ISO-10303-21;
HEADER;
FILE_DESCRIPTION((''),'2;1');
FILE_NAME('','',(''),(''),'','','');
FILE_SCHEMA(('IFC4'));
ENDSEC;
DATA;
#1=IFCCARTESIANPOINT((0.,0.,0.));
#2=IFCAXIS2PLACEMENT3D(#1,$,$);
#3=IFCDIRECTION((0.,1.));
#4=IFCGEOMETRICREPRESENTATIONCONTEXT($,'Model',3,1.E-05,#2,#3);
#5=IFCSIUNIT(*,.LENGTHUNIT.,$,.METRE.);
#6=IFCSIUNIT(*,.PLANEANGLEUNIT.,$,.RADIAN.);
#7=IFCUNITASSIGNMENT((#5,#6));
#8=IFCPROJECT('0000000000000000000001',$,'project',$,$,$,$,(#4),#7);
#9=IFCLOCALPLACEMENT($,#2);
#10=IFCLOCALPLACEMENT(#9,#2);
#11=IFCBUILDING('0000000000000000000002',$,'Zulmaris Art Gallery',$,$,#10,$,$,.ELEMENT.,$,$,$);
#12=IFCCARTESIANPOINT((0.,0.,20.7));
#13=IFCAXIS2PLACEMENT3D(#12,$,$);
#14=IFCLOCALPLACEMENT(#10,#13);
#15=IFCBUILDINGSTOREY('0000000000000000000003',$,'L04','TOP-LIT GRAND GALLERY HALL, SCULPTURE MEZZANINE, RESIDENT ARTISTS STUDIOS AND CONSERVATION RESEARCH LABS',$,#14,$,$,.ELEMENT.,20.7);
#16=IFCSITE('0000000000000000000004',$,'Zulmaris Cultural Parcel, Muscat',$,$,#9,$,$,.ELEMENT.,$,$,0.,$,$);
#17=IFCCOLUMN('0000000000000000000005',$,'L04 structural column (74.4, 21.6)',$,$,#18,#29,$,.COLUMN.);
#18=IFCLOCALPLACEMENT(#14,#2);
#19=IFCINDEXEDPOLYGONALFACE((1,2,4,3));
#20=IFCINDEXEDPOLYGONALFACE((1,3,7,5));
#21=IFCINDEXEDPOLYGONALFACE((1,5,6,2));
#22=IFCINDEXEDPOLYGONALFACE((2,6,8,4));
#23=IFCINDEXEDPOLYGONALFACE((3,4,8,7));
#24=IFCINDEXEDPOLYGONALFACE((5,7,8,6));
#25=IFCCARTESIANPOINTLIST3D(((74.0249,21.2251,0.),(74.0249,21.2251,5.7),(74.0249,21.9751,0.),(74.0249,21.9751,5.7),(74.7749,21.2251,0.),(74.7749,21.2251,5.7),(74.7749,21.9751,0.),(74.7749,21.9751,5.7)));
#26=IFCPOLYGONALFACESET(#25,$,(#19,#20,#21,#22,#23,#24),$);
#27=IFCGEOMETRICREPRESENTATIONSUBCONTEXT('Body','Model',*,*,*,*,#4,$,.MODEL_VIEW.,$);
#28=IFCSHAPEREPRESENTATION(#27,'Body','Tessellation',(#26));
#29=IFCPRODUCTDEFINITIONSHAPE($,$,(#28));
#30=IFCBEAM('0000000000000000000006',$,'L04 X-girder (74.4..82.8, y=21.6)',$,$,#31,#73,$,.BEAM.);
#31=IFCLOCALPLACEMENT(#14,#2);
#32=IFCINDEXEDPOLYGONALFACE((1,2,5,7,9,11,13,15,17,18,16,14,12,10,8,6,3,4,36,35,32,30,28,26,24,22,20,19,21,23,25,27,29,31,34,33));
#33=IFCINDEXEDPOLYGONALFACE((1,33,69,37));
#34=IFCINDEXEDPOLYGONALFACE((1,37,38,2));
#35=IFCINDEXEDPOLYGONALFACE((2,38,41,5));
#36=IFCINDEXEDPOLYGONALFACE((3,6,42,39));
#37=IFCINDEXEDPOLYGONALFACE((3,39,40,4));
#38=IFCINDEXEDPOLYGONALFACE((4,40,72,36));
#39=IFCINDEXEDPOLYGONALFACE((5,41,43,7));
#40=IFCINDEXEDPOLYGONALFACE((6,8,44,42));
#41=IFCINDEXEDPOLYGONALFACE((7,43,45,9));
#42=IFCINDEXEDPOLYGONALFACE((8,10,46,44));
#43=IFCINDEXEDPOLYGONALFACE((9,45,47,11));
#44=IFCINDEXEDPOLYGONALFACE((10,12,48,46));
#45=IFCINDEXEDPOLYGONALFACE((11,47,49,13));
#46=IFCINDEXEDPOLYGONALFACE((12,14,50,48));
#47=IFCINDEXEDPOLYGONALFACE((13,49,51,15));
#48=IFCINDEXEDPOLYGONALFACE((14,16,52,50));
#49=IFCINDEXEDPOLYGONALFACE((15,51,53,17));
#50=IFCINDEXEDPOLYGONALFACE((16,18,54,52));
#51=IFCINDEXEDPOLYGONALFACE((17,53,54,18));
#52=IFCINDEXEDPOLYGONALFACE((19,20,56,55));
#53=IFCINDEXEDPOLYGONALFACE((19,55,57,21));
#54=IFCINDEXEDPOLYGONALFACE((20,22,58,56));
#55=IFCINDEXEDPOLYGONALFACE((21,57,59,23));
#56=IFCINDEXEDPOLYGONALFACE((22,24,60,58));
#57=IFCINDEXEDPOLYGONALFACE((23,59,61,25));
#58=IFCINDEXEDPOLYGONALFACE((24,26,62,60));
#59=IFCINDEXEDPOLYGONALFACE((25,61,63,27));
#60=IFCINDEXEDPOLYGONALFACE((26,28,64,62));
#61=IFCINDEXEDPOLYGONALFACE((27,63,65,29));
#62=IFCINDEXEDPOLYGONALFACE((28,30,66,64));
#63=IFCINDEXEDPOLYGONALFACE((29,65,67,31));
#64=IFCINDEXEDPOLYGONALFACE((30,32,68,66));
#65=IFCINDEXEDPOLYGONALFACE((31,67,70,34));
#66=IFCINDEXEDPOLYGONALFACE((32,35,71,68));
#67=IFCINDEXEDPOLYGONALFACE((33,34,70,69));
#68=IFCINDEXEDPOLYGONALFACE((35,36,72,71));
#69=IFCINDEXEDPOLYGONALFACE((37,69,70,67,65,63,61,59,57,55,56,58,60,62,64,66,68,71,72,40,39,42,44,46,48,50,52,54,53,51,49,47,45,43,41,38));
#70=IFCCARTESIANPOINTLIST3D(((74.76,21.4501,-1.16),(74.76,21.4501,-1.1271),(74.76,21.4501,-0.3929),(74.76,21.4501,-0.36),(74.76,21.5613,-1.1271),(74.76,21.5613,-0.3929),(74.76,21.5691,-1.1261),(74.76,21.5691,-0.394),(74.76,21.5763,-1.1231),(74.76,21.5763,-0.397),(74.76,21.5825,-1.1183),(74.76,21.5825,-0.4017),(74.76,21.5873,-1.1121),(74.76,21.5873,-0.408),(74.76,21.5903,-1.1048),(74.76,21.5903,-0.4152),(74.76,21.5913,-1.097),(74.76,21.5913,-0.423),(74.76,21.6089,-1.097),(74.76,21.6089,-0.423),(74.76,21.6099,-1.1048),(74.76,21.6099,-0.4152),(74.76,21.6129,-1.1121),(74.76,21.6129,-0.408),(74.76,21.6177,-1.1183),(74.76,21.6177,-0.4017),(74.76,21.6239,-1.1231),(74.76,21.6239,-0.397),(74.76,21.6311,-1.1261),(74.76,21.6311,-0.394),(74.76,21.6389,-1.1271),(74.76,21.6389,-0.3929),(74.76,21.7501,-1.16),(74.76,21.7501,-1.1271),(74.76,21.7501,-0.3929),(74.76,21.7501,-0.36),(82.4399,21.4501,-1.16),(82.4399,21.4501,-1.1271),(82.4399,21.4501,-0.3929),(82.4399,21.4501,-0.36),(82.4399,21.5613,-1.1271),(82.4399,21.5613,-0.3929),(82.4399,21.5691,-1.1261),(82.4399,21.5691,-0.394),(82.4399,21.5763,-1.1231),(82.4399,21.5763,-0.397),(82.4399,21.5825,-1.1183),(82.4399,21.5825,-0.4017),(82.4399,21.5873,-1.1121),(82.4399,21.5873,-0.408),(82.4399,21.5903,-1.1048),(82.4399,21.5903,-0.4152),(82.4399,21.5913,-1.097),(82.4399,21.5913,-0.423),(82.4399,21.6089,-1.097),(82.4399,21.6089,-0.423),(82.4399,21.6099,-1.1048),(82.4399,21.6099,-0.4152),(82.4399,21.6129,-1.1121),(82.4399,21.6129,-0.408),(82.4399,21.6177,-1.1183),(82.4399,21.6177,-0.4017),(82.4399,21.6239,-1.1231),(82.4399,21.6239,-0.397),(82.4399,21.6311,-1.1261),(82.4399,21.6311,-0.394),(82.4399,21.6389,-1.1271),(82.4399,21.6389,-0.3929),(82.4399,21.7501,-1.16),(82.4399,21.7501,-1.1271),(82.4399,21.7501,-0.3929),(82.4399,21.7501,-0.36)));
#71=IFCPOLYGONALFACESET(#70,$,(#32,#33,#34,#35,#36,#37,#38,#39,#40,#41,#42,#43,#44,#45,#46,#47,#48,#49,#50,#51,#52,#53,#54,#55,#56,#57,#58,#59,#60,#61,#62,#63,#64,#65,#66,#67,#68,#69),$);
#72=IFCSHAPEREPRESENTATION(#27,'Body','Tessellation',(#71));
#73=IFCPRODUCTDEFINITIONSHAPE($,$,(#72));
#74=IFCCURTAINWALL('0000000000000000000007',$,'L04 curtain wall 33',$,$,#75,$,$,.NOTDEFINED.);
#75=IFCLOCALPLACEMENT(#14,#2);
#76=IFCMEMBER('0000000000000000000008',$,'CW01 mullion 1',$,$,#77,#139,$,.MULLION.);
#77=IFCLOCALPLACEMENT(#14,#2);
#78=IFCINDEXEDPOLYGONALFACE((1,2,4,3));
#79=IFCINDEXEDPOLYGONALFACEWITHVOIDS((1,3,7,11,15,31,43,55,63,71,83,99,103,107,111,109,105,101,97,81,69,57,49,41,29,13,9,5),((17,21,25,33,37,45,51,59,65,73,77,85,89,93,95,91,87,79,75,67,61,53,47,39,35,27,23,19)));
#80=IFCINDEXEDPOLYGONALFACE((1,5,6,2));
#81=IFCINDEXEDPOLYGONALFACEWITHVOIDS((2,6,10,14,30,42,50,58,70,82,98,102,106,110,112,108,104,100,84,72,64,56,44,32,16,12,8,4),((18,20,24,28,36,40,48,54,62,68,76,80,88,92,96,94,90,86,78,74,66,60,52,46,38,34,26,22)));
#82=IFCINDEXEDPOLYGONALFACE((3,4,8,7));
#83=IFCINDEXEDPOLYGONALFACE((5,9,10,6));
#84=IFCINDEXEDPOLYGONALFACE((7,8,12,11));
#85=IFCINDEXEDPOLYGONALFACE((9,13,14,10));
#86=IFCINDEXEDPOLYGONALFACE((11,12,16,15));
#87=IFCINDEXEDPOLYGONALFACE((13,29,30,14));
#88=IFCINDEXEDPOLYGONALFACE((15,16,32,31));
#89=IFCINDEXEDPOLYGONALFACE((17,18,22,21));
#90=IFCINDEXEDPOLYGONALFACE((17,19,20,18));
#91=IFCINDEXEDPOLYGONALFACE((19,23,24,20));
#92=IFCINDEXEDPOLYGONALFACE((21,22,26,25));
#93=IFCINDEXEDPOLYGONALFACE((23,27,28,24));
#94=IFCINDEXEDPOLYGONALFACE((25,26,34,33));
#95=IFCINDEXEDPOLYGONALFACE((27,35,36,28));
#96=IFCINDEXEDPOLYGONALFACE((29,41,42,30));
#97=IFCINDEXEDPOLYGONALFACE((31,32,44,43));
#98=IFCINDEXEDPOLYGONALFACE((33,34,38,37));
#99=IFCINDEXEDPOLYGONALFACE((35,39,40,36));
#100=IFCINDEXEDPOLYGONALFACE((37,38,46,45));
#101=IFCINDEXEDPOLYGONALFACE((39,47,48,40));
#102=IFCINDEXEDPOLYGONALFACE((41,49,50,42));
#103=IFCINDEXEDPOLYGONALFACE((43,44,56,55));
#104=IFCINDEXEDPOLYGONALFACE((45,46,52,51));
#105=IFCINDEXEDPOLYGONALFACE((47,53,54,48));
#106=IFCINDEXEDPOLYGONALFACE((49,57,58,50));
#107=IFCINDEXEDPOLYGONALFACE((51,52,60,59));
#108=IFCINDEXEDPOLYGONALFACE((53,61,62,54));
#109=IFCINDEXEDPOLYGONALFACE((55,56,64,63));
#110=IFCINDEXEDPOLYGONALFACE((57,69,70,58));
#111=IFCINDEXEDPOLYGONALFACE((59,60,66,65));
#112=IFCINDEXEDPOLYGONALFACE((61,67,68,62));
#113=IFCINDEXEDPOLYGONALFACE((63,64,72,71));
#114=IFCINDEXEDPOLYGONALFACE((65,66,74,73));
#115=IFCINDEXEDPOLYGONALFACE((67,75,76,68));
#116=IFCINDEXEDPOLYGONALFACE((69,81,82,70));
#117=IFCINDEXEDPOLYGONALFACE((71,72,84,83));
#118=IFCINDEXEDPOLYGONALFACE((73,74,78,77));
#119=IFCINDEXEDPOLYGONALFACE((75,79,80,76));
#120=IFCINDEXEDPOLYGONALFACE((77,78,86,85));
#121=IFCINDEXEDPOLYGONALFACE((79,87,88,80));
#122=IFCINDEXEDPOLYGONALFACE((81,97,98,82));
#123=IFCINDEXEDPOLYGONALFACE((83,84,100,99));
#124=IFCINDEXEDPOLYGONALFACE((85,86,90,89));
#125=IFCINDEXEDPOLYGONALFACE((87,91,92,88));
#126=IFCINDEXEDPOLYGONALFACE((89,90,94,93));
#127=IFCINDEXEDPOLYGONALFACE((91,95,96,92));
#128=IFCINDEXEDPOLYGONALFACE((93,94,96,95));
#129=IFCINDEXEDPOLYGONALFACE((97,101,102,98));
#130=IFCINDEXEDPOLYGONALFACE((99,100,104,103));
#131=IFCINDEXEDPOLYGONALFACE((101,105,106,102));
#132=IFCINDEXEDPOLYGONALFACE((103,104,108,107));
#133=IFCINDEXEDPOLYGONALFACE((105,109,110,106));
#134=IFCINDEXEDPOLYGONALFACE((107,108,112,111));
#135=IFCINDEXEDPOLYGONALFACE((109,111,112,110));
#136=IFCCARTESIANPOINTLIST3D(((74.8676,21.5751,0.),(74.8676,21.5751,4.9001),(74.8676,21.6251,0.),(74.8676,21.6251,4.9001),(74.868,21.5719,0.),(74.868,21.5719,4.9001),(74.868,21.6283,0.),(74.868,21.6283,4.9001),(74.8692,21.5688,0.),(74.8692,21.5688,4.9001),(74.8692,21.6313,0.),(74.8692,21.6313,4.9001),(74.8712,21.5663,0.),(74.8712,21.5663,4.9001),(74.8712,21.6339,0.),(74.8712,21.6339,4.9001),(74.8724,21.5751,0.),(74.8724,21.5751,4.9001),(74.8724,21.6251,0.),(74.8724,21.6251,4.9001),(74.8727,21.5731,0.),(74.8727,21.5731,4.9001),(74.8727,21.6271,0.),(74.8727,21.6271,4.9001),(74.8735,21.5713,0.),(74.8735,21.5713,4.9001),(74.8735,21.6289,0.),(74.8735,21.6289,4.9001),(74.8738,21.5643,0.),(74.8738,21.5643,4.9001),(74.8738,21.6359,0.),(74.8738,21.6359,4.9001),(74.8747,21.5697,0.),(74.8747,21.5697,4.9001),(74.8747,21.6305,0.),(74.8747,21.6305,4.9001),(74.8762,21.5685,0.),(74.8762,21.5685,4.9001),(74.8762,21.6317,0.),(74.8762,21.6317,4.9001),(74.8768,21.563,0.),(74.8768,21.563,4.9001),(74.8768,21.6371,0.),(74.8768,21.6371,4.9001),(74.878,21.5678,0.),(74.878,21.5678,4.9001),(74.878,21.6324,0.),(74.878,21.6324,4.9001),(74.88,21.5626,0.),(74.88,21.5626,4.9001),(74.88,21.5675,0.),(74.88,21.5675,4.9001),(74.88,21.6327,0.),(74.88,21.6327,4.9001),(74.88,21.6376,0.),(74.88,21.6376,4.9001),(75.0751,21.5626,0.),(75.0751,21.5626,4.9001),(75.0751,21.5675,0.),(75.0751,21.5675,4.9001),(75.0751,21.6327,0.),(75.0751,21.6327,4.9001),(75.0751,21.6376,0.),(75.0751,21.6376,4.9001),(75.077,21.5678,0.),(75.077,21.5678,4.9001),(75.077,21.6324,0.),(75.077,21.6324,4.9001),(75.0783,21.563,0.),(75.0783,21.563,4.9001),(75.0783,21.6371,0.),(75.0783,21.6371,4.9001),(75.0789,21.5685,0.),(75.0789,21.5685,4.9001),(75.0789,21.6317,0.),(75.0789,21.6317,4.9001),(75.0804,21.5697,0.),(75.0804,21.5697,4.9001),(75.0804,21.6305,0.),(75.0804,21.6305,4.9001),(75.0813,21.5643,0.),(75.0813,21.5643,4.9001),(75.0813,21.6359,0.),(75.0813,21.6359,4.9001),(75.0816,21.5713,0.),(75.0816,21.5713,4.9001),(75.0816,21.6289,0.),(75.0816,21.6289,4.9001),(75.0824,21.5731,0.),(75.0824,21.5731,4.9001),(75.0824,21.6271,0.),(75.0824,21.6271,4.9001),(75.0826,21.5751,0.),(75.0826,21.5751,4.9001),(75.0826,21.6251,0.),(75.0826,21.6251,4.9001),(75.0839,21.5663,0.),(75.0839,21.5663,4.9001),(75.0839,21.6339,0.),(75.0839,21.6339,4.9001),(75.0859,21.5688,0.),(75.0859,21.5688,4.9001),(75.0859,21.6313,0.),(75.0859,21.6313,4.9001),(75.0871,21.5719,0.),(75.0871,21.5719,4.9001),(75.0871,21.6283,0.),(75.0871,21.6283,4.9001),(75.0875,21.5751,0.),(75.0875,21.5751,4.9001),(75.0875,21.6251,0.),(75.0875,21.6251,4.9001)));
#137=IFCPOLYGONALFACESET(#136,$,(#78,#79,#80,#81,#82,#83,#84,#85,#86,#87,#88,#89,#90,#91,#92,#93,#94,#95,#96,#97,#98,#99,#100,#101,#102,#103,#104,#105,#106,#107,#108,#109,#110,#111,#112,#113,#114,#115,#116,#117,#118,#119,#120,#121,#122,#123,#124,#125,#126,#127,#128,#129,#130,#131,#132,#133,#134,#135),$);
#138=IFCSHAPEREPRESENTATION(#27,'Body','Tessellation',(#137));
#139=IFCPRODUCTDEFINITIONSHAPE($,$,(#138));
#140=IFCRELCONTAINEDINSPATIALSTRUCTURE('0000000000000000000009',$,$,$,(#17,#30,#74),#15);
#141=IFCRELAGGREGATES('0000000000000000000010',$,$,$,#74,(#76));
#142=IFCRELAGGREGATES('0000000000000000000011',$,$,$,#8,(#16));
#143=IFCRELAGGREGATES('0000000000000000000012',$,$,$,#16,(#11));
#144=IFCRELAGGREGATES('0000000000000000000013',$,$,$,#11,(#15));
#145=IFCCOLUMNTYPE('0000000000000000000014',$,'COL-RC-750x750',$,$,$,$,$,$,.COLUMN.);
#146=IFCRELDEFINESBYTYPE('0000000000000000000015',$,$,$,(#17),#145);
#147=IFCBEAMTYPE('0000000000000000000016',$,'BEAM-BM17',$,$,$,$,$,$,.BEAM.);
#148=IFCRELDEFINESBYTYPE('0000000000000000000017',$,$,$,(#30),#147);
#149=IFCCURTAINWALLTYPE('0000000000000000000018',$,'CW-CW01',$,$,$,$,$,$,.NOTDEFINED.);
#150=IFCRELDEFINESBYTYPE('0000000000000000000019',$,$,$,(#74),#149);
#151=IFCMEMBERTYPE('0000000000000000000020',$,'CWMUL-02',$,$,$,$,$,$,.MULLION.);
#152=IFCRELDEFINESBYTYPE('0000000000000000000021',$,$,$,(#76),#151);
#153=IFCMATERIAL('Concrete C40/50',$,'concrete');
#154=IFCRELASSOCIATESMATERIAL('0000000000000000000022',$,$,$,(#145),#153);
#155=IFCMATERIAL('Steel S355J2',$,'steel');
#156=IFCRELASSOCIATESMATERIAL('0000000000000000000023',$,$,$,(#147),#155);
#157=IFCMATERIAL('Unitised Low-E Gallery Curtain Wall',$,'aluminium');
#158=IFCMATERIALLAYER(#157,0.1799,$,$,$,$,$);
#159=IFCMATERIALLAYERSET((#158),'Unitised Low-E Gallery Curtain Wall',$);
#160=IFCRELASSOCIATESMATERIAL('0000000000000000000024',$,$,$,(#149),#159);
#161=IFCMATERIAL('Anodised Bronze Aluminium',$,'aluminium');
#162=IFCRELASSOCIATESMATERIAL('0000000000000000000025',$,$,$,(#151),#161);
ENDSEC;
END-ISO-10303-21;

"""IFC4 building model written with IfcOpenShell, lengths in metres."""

from ifc_helpers import new_model, si_unit, direction, frame, origin, origin_2d, place, context, subcontext, project, spatial, rectangle, hollow_rectangle, i_section, extrude, material, layer, layer_set, material_profile, profile_set, type_object, element, aggregate, save


model = new_model("IFC4")

# Units and contexts
model_context = context("Model", 3, precision=1e-05, world=origin(), true_north=direction((0.0, 1.0)))
body_context = subcontext(model_context, "Body", "Model", "MODEL_VIEW")
ifc_project = project(units=[si_unit("LENGTHUNIT", "METRE"), si_unit("PLANEANGLEUNIT", "RADIAN")], contexts=[model_context])

# Site, building, storey
site_placement = place(None, origin())
site = spatial("IfcSite", under=ifc_project, at=site_placement, Name="Zulmaris Cultural Parcel, Muscat", CompositionType="ELEMENT", RefElevation=0.0)
building_placement = place(site_placement, origin())
building = spatial("IfcBuilding", under=site, at=building_placement, Name="Zulmaris Art Gallery", CompositionType="ELEMENT")
storey_placement = place(building_placement, frame((0.0, 0.0, 20.7)))
storey = spatial("IfcBuildingStorey", under=building, at=storey_placement, Name="L04", Description="TOP-LIT GRAND GALLERY HALL, SCULPTURE MEZZANINE, RESIDENT ARTISTS STUDIOS AND CONSERVATION RESEARCH LABS", CompositionType="ELEMENT", Elevation=20.7)

# Column
ifc_material_1 = material(Name="Concrete C40/50", Category="concrete")
ifc_material_profile_1 = material_profile(ifc_material_1, rectangle(XDim=0.75, YDim=0.75, at=origin_2d()), Name="RC 750x750")
ifc_profile_set_1 = profile_set([ifc_material_profile_1], Name="Concrete C40/50")
column_type = type_object("IfcColumnType", Name="COL-RC-750x750", PredefinedType="COLUMN", material=ifc_profile_set_1)
column_placement = place(storey_placement, frame((74.3999, 21.6001, 0.0), z_axis=(0.0, 0.0, 1.0), x_axis=(1.0, 0.0, 0.0)))
element("IfcColumn", 1, at=column_placement, inside=storey, type_object=column_type, Name="L04 structural column (74.4, 21.6)", PredefinedType="COLUMN", context=body_context, shape_type="SweptSolid", body=[
    extrude(rectangle(XDim=0.75, YDim=0.75, at=origin_2d()), origin(), (0.0, 0.0, 1.0), 5.7),
])

# Beam
ifc_material_2 = material(Name="Steel S355J2", Category="steel")
ifc_material_profile_2 = material_profile(ifc_material_2, i_section(OverallWidth=0.3, OverallDepth=0.8, WebThickness=0.0176, FlangeThickness=0.033, FilletRadius=0.03, at=origin_2d()), Name="HEB 800")
ifc_profile_set_2 = profile_set([ifc_material_profile_2], Name="Steel S355J2")
beam_type = type_object("IfcBeamType", Name="BEAM-BM17", PredefinedType="BEAM", material=ifc_profile_set_2)
beam_placement = place(storey_placement, frame((74.76, 21.6001, -0.76), z_axis=(1.0, 0.0, 0.0), x_axis=(0.0, 1.0, 0.0)))
element("IfcBeam", 2, at=beam_placement, inside=storey, type_object=beam_type, Name="L04 X-girder (74.4..82.8, y=21.6)", PredefinedType="BEAM", context=body_context, shape_type="SweptSolid", body=[
    extrude(i_section(OverallWidth=0.3, OverallDepth=0.8, WebThickness=0.0176, FlangeThickness=0.033, FilletRadius=0.03, at=origin_2d()), origin(), (0.0, 0.0, 1.0), 7.6799),
])

# Curtain wall, member
ifc_material_3 = material(Name="Unitised Low-E Gallery Curtain Wall", Category="aluminium")
ifc_layer_1 = layer(ifc_material_3, 0.1799)
ifc_layer_set_1 = layer_set([ifc_layer_1], Name="Unitised Low-E Gallery Curtain Wall")
curtain_wall_type_1 = type_object("IfcCurtainWallType", Name="CW-CW01", PredefinedType="NOTDEFINED", material=ifc_layer_set_1)
curtain_wall_1_placement = place(storey_placement, origin())
curtain_wall_1 = element("IfcCurtainWall", 3, at=curtain_wall_1_placement, inside=storey, type_object=curtain_wall_type_1, Name="L04 curtain wall 33", PredefinedType="NOTDEFINED")
ifc_material_4 = material(Name="Anodised Bronze Aluminium", Category="aluminium")
ifc_material_profile_3 = material_profile(ifc_material_4, hollow_rectangle(XDim=0.075, YDim=0.22, WallThickness=0.0049, InnerFilletRadius=0.0076, OuterFilletRadius=0.0125, at=origin_2d()), Name="ALU 75x220x5")
ifc_profile_set_3 = profile_set([ifc_material_profile_3], Name="Anodised Bronze Aluminium")
member_type_1 = type_object("IfcMemberType", Name="CWMUL-02", PredefinedType="MULLION", material=ifc_profile_set_3)
member_1_placement = place(storey_placement, frame((74.9775, 21.6001, 0.0), z_axis=(0.0, 0.0, 1.0), x_axis=(0.0, 1.0, 0.0)))
member_1 = element("IfcMember", 4, at=member_1_placement, type_object=member_type_1, Name="CW01 mullion 1", PredefinedType="MULLION", context=body_context, shape_type="SweptSolid", body=[
    extrude(hollow_rectangle(XDim=0.075, YDim=0.22, WallThickness=0.0049, InnerFilletRadius=0.0076, OuterFilletRadius=0.0125, at=origin_2d()), origin(), (0.0, 0.0, 1.0), 4.9001),
])

aggregate(curtain_wall_1, [member_1])

save(model, "model.ifc")
